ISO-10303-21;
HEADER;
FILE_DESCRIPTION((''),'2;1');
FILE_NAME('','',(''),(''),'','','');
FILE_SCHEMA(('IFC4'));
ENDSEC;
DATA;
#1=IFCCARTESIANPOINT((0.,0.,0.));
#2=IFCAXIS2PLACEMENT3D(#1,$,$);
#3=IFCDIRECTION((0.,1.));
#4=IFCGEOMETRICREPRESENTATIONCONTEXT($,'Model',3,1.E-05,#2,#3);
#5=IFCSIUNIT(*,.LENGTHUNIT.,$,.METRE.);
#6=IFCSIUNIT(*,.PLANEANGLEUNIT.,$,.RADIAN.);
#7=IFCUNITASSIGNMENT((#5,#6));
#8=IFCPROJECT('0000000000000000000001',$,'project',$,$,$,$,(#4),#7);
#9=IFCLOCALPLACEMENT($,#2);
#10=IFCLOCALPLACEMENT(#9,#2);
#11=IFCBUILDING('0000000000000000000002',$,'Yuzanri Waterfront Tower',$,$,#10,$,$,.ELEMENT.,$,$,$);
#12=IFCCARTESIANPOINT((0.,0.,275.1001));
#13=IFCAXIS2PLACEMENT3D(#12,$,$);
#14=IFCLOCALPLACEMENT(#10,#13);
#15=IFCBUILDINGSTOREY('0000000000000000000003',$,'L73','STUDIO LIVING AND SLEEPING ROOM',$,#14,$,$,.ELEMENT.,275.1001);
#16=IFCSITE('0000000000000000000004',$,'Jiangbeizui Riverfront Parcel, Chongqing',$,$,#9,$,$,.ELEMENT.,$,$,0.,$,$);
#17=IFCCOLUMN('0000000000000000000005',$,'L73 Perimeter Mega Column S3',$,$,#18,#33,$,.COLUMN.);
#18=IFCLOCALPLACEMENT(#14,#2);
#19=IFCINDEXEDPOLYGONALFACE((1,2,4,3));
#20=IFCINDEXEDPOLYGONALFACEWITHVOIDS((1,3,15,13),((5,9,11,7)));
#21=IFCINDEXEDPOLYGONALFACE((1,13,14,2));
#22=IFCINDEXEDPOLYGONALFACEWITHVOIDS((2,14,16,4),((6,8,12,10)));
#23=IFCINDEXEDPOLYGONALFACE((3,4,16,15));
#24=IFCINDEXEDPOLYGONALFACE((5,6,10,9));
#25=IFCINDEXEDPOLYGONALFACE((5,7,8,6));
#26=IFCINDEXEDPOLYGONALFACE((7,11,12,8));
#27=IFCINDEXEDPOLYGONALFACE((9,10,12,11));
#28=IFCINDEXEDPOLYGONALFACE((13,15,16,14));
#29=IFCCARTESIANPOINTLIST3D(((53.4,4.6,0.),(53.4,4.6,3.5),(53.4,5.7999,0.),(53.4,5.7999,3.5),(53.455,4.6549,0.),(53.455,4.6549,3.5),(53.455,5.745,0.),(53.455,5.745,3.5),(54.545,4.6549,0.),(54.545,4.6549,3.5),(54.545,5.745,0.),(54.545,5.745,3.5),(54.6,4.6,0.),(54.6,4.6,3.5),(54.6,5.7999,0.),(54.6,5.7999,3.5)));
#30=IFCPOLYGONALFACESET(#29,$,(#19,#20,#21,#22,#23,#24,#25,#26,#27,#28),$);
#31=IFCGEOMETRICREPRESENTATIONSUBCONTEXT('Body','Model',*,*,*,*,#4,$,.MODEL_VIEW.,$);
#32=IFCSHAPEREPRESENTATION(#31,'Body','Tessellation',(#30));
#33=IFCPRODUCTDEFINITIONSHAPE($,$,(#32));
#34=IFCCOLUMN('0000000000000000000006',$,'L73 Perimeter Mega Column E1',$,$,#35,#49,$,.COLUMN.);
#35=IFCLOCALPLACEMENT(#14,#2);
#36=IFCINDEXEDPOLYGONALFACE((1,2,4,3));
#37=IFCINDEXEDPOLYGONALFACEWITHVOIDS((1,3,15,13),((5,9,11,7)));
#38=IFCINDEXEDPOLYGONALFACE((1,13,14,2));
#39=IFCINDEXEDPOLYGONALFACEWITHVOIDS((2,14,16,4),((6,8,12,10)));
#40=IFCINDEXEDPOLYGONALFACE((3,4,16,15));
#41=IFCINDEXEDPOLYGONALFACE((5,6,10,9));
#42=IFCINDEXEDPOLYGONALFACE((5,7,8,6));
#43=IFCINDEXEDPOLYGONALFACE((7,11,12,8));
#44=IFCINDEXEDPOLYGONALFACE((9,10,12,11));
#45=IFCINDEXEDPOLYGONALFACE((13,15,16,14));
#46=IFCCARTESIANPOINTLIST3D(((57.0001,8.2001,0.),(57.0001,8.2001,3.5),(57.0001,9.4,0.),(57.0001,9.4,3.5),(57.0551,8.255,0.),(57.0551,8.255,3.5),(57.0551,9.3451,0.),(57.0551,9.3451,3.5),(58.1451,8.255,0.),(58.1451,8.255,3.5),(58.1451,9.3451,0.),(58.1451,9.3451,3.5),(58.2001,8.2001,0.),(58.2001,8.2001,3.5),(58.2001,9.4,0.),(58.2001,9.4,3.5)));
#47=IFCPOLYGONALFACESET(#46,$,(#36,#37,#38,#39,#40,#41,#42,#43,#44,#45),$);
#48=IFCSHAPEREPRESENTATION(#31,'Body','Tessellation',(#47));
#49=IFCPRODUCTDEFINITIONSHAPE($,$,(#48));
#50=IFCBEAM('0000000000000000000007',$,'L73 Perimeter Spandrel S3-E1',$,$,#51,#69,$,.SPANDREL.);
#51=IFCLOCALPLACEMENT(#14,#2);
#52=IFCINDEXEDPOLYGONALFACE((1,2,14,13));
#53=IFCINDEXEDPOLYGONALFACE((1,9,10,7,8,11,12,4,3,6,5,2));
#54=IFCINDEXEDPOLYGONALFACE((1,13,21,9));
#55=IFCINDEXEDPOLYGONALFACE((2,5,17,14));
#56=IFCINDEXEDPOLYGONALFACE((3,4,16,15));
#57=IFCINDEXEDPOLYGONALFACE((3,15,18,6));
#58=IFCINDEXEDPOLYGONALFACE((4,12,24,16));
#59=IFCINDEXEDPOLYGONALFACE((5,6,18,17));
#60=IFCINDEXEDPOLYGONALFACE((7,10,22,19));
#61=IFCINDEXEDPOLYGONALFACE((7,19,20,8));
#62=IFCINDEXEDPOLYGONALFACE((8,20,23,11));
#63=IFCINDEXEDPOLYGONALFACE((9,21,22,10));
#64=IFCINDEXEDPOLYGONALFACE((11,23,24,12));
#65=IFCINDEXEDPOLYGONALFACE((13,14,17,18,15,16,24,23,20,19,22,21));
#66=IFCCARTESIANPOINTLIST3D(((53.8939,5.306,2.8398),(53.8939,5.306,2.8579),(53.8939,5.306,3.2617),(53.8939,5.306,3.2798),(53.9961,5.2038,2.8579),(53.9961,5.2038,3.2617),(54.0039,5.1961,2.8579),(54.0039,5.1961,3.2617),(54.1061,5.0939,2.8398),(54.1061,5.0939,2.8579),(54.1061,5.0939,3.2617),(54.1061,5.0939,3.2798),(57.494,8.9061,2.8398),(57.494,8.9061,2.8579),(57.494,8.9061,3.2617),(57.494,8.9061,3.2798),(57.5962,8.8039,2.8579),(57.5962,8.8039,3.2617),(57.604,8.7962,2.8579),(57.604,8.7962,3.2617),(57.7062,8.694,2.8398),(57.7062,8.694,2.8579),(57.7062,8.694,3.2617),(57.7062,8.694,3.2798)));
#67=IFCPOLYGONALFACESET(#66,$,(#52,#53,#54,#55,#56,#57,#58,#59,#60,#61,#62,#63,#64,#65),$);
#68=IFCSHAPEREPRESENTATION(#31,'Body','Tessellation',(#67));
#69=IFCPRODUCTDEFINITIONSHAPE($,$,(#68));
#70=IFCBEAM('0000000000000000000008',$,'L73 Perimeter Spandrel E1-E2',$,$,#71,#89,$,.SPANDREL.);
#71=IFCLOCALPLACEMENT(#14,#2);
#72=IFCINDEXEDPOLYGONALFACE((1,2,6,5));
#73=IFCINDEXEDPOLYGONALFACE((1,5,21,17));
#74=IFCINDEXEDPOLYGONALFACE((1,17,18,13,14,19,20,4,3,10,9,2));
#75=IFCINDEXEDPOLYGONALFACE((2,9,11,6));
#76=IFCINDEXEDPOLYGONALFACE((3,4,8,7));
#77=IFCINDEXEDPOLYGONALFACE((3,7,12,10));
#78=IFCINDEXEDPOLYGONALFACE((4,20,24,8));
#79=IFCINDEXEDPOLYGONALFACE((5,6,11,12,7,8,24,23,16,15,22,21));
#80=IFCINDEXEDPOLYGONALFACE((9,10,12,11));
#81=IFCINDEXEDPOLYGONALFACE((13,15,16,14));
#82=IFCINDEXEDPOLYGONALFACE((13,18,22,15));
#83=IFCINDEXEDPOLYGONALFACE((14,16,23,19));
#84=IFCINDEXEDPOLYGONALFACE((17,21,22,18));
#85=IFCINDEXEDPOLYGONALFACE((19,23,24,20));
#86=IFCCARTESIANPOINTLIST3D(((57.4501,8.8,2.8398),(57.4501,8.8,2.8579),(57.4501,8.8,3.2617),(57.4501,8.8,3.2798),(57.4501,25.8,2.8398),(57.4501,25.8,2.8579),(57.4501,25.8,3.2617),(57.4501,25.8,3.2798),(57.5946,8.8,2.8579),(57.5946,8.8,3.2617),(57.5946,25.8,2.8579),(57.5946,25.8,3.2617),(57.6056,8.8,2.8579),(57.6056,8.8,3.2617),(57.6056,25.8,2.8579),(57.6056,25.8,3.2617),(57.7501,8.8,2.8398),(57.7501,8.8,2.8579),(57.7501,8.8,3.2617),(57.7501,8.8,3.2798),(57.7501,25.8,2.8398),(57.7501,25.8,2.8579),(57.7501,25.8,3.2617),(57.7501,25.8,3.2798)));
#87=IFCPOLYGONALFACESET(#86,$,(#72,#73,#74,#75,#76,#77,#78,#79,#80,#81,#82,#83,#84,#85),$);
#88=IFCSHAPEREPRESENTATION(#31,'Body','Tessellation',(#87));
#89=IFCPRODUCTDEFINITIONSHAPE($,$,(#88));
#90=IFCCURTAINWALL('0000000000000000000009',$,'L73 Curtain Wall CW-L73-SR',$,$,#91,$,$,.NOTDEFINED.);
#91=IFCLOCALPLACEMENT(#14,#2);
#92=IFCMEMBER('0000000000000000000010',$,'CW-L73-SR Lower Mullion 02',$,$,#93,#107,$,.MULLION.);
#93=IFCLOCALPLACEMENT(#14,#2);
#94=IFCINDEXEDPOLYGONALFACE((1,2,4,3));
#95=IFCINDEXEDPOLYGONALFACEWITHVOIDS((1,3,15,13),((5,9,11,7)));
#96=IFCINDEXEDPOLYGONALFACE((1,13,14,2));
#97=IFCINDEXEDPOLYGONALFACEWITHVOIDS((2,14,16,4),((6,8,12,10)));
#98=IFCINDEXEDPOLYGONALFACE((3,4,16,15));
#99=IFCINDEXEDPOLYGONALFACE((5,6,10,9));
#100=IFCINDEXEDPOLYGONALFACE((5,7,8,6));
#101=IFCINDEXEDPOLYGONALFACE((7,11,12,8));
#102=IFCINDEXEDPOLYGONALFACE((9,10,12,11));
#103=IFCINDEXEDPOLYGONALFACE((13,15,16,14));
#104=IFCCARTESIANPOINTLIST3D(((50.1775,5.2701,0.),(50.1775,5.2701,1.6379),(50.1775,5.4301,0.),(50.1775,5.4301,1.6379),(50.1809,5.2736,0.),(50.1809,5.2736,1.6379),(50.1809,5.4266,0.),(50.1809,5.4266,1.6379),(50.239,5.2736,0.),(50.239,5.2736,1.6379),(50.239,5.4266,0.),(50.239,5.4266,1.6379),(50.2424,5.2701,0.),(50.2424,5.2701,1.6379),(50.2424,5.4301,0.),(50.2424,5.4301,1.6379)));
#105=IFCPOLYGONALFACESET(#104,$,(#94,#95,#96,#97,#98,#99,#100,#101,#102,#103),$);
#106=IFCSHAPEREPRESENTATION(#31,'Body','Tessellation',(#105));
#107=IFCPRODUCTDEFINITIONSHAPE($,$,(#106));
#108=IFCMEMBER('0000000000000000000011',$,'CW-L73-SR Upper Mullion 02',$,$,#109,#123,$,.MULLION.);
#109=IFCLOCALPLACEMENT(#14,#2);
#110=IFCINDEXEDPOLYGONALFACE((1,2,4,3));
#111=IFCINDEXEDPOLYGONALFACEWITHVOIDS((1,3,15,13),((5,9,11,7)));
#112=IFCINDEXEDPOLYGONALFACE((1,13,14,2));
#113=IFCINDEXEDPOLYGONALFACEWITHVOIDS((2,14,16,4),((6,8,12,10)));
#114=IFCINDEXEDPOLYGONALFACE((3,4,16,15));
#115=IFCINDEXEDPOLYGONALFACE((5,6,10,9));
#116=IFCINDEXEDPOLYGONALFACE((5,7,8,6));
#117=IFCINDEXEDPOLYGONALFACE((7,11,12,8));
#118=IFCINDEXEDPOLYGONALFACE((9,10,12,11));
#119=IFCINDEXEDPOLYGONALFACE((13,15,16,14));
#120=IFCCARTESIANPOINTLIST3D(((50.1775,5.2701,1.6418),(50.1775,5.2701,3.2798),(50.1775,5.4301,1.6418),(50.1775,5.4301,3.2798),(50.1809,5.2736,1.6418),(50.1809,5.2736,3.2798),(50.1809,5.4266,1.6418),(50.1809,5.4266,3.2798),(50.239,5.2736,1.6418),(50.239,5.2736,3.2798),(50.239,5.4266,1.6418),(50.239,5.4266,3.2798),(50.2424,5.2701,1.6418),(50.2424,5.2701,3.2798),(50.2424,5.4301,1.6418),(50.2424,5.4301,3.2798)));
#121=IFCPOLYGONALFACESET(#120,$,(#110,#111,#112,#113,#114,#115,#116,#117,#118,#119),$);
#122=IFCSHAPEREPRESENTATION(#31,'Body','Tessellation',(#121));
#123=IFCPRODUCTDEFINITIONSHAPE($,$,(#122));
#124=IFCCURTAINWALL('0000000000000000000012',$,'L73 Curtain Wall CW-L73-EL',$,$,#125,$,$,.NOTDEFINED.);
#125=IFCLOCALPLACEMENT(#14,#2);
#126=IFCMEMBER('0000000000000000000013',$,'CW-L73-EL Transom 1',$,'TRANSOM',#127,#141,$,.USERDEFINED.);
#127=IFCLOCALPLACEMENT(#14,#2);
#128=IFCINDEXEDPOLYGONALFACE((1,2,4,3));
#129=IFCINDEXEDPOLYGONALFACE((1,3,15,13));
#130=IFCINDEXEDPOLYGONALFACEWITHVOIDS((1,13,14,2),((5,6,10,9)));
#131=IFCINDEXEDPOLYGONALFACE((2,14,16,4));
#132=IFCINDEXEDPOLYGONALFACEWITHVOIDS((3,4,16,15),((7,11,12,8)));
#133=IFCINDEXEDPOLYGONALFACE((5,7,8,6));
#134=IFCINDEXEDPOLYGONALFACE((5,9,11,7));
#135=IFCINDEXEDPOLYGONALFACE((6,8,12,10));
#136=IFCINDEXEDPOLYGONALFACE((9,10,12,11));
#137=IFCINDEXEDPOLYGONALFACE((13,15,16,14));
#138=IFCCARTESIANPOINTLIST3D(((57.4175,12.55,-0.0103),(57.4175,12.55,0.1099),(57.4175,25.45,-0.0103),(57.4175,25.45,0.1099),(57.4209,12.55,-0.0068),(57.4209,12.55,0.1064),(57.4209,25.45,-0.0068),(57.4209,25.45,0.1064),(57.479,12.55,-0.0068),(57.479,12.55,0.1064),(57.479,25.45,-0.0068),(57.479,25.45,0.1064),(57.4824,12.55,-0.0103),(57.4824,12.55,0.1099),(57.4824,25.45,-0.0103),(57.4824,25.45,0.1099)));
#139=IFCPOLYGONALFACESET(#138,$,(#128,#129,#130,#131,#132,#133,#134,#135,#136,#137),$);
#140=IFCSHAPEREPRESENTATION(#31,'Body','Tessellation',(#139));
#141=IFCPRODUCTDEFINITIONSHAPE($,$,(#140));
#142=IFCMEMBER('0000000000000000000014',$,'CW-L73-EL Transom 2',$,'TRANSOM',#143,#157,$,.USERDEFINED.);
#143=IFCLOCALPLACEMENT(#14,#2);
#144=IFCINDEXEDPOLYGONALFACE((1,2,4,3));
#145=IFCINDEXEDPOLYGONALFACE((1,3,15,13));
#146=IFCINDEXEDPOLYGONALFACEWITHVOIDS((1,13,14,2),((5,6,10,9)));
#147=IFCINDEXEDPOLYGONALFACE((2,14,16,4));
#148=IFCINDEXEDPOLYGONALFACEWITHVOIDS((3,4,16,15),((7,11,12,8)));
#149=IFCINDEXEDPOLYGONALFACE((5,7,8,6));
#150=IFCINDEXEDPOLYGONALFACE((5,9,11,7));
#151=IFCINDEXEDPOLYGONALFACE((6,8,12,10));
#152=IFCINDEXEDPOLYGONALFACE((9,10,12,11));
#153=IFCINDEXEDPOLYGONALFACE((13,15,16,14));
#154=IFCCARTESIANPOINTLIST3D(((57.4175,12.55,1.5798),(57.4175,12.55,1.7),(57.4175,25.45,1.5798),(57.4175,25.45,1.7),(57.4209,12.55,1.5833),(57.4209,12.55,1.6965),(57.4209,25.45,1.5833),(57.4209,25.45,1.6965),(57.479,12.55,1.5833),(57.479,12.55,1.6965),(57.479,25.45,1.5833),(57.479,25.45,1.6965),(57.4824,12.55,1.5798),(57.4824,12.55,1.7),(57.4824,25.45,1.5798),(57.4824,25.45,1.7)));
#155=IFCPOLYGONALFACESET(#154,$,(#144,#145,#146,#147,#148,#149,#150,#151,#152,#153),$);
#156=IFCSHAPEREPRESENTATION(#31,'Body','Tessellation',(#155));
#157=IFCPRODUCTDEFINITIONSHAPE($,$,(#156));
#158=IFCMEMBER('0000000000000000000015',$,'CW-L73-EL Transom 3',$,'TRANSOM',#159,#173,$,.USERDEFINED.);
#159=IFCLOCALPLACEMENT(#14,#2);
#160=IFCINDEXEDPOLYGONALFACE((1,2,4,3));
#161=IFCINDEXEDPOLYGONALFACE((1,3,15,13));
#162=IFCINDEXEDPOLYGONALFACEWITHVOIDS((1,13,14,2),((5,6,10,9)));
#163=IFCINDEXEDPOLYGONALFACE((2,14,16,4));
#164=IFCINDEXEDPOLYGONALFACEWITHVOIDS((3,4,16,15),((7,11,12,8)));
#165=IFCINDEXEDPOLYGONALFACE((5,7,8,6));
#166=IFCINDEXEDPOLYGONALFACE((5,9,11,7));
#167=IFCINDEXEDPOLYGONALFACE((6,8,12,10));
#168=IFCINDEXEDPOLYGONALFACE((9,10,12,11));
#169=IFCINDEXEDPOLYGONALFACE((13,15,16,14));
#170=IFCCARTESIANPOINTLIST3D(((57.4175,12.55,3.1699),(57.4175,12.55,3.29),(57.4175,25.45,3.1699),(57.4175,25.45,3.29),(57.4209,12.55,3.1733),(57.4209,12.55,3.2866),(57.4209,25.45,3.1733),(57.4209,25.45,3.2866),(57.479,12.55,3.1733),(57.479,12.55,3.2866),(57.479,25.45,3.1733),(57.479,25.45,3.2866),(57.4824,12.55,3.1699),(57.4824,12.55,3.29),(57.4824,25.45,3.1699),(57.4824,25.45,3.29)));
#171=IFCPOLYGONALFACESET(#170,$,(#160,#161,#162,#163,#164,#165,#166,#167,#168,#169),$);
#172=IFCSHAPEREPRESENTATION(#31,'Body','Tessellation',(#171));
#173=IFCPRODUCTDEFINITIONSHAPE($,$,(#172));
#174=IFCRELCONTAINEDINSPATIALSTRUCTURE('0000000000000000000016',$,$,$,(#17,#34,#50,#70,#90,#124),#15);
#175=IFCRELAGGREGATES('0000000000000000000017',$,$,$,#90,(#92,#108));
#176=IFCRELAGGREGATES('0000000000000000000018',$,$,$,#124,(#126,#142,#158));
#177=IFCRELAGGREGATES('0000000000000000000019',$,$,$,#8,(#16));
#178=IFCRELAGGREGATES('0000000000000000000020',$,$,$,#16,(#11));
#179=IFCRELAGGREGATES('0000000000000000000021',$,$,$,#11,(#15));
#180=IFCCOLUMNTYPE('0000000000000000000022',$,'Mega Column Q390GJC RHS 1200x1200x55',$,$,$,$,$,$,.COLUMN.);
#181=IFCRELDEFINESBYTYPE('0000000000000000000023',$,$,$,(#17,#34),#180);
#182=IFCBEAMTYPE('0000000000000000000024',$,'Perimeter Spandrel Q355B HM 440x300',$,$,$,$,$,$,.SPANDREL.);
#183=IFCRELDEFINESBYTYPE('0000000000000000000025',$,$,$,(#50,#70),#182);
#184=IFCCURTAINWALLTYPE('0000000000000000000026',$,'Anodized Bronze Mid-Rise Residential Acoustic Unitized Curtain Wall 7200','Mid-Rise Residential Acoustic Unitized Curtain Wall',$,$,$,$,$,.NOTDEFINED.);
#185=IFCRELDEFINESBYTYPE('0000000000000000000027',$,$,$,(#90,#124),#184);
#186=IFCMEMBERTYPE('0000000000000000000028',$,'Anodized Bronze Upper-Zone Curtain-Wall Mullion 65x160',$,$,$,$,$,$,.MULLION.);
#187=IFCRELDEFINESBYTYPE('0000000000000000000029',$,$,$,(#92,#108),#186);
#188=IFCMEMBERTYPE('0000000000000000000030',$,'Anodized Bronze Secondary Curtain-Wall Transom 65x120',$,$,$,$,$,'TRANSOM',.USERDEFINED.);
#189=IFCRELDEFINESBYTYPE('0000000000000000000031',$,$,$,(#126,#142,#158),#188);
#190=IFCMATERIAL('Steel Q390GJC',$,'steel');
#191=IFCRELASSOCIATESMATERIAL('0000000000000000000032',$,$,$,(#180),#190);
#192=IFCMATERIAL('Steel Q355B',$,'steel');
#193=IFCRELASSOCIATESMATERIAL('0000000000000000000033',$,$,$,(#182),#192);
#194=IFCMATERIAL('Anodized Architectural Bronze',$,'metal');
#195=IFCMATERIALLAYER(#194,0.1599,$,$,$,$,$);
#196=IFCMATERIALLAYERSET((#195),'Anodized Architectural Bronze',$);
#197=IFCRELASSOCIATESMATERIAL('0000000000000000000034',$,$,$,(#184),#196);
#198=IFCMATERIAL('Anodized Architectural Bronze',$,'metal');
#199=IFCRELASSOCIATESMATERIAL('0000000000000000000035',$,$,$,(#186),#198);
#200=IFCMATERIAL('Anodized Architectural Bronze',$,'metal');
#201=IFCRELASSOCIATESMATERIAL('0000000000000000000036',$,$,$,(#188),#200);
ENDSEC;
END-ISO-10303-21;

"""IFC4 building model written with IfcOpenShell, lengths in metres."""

from ifc_helpers import new_model, si_unit, direction, frame, origin, origin_2d, place, context, subcontext, project, spatial, hollow_rectangle, i_section, extrude, source, transform, mapped, material, layer, layer_set, material_profile, profile_set, type_object, element, aggregate, save


model = new_model("IFC4")

# Units and contexts
model_context = context("Model", 3, precision=1e-05, world=origin(), true_north=direction((0.0, 1.0)))
body_context = subcontext(model_context, "Body", "Model", "MODEL_VIEW")
ifc_project = project(units=[si_unit("LENGTHUNIT", "METRE"), si_unit("PLANEANGLEUNIT", "RADIAN")], contexts=[model_context])

# Site, building, storey
site_placement = place(None, origin())
site = spatial("IfcSite", under=ifc_project, at=site_placement, Name="Jiangbeizui Riverfront Parcel, Chongqing", CompositionType="ELEMENT", RefElevation=0.0)
building_placement = place(site_placement, origin())
building = spatial("IfcBuilding", under=site, at=building_placement, Name="Yuzanri Waterfront Tower", CompositionType="ELEMENT")
storey_placement = place(building_placement, frame((0.0, 0.0, 275.1001)))
storey = spatial("IfcBuildingStorey", under=building, at=storey_placement, Name="L73", Description="STUDIO LIVING AND SLEEPING ROOM", CompositionType="ELEMENT", Elevation=275.1001)

# Columns
ifc_material_1 = material(Name="Steel Q390GJC", Category="steel")
ifc_material_profile_1 = material_profile(ifc_material_1, hollow_rectangle(XDim=1.2, YDim=1.2, WallThickness=0.0549, at=origin_2d()), Name="RHS 1200x1200x55")
ifc_profile_set_1 = profile_set([ifc_material_profile_1], Name="Steel Q390GJC")
column_type = type_object("IfcColumnType", Name="Mega Column Q390GJC RHS 1200x1200x55", PredefinedType="COLUMN", material=ifc_profile_set_1)
shared_shape_1 = source(origin(), body_context, "Body", "SweptSolid", [
    extrude(hollow_rectangle(XDim=1.2, YDim=1.2, WallThickness=0.0549, at=origin_2d()), origin(), (0.0, 0.0, 1.0), 3.5),
])
for number, where, z_axis, x_axis, name in (
    (1, (54.0, 5.2, 0.0), (0.0, 0.0, 1.0), (1.0, 0.0, 0.0), "L73 Perimeter Mega Column S3"),
    (2, (57.6001, 8.8, 0.0), (0.0, 0.0, 1.0), (1.0, 0.0, 0.0), "L73 Perimeter Mega Column E1"),
):
    element("IfcColumn", number, at=place(storey_placement, frame(where, z_axis=z_axis, x_axis=x_axis)), inside=storey, type_object=column_type, Name=name, PredefinedType="COLUMN", context=body_context, shape_type="MappedRepresentation", body=[
        mapped(shared_shape_1, transform((0.0, 0.0, 0.0), scale=1.0)),
    ])

# Beams
ifc_material_2 = material(Name="Steel Q355B", Category="steel")
ifc_material_profile_2 = material_profile(ifc_material_2, i_section(OverallWidth=0.3, OverallDepth=0.4399, WebThickness=0.011, FlangeThickness=0.0181, at=origin_2d()), Name="HM 440x300x11x18")
ifc_profile_set_2 = profile_set([ifc_material_profile_2], Name="Steel Q355B")
beam_type = type_object("IfcBeamType", Name="Perimeter Spandrel Q355B HM 440x300", PredefinedType="SPANDREL", material=ifc_profile_set_2)
shared_shape_2 = source(origin(), body_context, "Body", "SweptSolid", [
    extrude(i_section(OverallWidth=0.3, OverallDepth=0.4399, WebThickness=0.011, FlangeThickness=0.0181, at=origin_2d()), origin(), (0.0, 0.0, 1.0), 5.0913),
])
beam_1_placement = place(storey_placement, frame((54.0, 5.2, 3.0598), z_axis=(0.707107, 0.707107, 0.0), x_axis=(-0.707107, 0.707107, 0.0)))
element("IfcBeam", 3, at=beam_1_placement, inside=storey, type_object=beam_type, Name="L73 Perimeter Spandrel S3-E1", PredefinedType="SPANDREL", context=body_context, shape_type="MappedRepresentation", body=[
    mapped(shared_shape_2, transform((0.0, 0.0, 0.0), scale=1.0)),
])
shared_shape_3 = source(origin(), body_context, "Body", "SweptSolid", [
    extrude(i_section(OverallWidth=0.3, OverallDepth=0.4399, WebThickness=0.011, FlangeThickness=0.0181, at=origin_2d()), origin(), (0.0, 0.0, 1.0), 17.0),
])
beam_2_placement = place(storey_placement, frame((57.6001, 8.8, 3.0598), z_axis=(0.0, 1.0, 0.0), x_axis=(-1.0, 0.0, 0.0)))
element("IfcBeam", 4, at=beam_2_placement, inside=storey, type_object=beam_type, Name="L73 Perimeter Spandrel E1-E2", PredefinedType="SPANDREL", context=body_context, shape_type="MappedRepresentation", body=[
    mapped(shared_shape_3, transform((0.0, 0.0, 0.0), scale=1.0)),
])

# Curtain walls, members
ifc_material_3 = material(Name="Anodized Architectural Bronze", Category="metal")
ifc_layer_1 = layer(ifc_material_3, 0.1599)
ifc_layer_set_1 = layer_set([ifc_layer_1], Name="Anodized Architectural Bronze")
curtain_wall_type = type_object("IfcCurtainWallType", Name="Anodized Bronze Mid-Rise Residential Acoustic Unitized Curtain Wall 7200", Description="Mid-Rise Residential Acoustic Unitized Curtain Wall", PredefinedType="NOTDEFINED", material=ifc_layer_set_1)
curtain_wall_1_placement = place(storey_placement, origin())
curtain_wall_1 = element("IfcCurtainWall", 5, at=curtain_wall_1_placement, inside=storey, type_object=curtain_wall_type, Name="L73 Curtain Wall CW-L73-SR", PredefinedType="NOTDEFINED")
ifc_material_4 = material(Name="Anodized Architectural Bronze", Category="metal")
ifc_material_profile_3 = material_profile(ifc_material_4, hollow_rectangle(XDim=0.0649, YDim=0.1599, WallThickness=0.0034, at=origin_2d()), Name="CWM 65x160")
ifc_profile_set_3 = profile_set([ifc_material_profile_3], Name="Anodized Architectural Bronze")
member_type_1 = type_object("IfcMemberType", Name="Anodized Bronze Upper-Zone Curtain-Wall Mullion 65x160", PredefinedType="MULLION", material=ifc_profile_set_3)
shared_shape_4 = source(origin(), body_context, "Body", "SweptSolid", [
    extrude(hollow_rectangle(XDim=0.0649, YDim=0.1599, WallThickness=0.0034, at=origin_2d()), origin(), (0.0, 0.0, 1.0), 1.6379),
])
member_1_placement = place(storey_placement, frame((50.21, 5.3501, 0.0), z_axis=(0.0, 0.0, 1.0), x_axis=(1.0, 0.0, 0.0)))
member_1 = element("IfcMember", 6, at=member_1_placement, type_object=member_type_1, Name="CW-L73-SR Lower Mullion 02", PredefinedType="MULLION", context=body_context, shape_type="MappedRepresentation", body=[
    mapped(shared_shape_4, transform((0.0, 0.0, 0.0), scale=1.0)),
])
member_2_placement = place(storey_placement, frame((50.21, 5.3501, 1.6418), z_axis=(0.0, 0.0, 1.0), x_axis=(1.0, 0.0, 0.0)))
member_2 = element("IfcMember", 7, at=member_2_placement, type_object=member_type_1, Name="CW-L73-SR Upper Mullion 02", PredefinedType="MULLION", context=body_context, shape_type="MappedRepresentation", body=[
    mapped(shared_shape_4, transform((0.0, 0.0, 0.0), scale=1.0)),
])
aggregate(curtain_wall_1, [member_1, member_2])
curtain_wall_2_placement = place(storey_placement, origin())
curtain_wall_2 = element("IfcCurtainWall", 8, at=curtain_wall_2_placement, inside=storey, type_object=curtain_wall_type, Name="L73 Curtain Wall CW-L73-EL", PredefinedType="NOTDEFINED")
ifc_material_5 = material(Name="Anodized Architectural Bronze", Category="metal")
ifc_material_profile_4 = material_profile(ifc_material_5, hollow_rectangle(XDim=0.0649, YDim=0.1201, WallThickness=0.0034, at=origin_2d()), Name="CWT 65x120")
ifc_profile_set_4 = profile_set([ifc_material_profile_4], Name="Anodized Architectural Bronze")
member_type_2 = type_object("IfcMemberType", Name="Anodized Bronze Secondary Curtain-Wall Transom 65x120", ElementType="TRANSOM", PredefinedType="USERDEFINED", material=ifc_profile_set_4)
shared_shape_5 = source(origin(), body_context, "Body", "SweptSolid", [
    extrude(hollow_rectangle(XDim=0.0649, YDim=0.1201, WallThickness=0.0034, at=origin_2d()), origin(), (0.0, 0.0, 1.0), 12.8999),
])
member_3_placement = place(storey_placement, frame((57.45, 12.55, 0.0498), z_axis=(0.0, 1.0, 0.0), x_axis=(-1.0, 0.0, 0.0)))
member_3 = element("IfcMember", 9, at=member_3_placement, type_object=member_type_2, Name="CW-L73-EL Transom 1", ObjectType="TRANSOM", PredefinedType="USERDEFINED", context=body_context, shape_type="MappedRepresentation", body=[
    mapped(shared_shape_5, transform((0.0, 0.0, 0.0), scale=1.0)),
])
member_4_placement = place(storey_placement, frame((57.45, 12.55, 1.6399), z_axis=(0.0, 1.0, 0.0), x_axis=(-1.0, 0.0, 0.0)))
member_4 = element("IfcMember", 10, at=member_4_placement, type_object=member_type_2, Name="CW-L73-EL Transom 2", ObjectType="TRANSOM", PredefinedType="USERDEFINED", context=body_context, shape_type="MappedRepresentation", body=[
    mapped(shared_shape_5, transform((0.0, 0.0, 0.0), scale=1.0)),
])
member_5_placement = place(storey_placement, frame((57.45, 12.55, 3.23), z_axis=(0.0, 1.0, 0.0), x_axis=(-1.0, 0.0, 0.0)))
member_5 = element("IfcMember", 11, at=member_5_placement, type_object=member_type_2, Name="CW-L73-EL Transom 3", ObjectType="TRANSOM", PredefinedType="USERDEFINED", context=body_context, shape_type="MappedRepresentation", body=[
    mapped(shared_shape_5, transform((0.0, 0.0, 0.0), scale=1.0)),
])
aggregate(curtain_wall_2, [member_3, member_4, member_5])

save(model, "model.ifc")
